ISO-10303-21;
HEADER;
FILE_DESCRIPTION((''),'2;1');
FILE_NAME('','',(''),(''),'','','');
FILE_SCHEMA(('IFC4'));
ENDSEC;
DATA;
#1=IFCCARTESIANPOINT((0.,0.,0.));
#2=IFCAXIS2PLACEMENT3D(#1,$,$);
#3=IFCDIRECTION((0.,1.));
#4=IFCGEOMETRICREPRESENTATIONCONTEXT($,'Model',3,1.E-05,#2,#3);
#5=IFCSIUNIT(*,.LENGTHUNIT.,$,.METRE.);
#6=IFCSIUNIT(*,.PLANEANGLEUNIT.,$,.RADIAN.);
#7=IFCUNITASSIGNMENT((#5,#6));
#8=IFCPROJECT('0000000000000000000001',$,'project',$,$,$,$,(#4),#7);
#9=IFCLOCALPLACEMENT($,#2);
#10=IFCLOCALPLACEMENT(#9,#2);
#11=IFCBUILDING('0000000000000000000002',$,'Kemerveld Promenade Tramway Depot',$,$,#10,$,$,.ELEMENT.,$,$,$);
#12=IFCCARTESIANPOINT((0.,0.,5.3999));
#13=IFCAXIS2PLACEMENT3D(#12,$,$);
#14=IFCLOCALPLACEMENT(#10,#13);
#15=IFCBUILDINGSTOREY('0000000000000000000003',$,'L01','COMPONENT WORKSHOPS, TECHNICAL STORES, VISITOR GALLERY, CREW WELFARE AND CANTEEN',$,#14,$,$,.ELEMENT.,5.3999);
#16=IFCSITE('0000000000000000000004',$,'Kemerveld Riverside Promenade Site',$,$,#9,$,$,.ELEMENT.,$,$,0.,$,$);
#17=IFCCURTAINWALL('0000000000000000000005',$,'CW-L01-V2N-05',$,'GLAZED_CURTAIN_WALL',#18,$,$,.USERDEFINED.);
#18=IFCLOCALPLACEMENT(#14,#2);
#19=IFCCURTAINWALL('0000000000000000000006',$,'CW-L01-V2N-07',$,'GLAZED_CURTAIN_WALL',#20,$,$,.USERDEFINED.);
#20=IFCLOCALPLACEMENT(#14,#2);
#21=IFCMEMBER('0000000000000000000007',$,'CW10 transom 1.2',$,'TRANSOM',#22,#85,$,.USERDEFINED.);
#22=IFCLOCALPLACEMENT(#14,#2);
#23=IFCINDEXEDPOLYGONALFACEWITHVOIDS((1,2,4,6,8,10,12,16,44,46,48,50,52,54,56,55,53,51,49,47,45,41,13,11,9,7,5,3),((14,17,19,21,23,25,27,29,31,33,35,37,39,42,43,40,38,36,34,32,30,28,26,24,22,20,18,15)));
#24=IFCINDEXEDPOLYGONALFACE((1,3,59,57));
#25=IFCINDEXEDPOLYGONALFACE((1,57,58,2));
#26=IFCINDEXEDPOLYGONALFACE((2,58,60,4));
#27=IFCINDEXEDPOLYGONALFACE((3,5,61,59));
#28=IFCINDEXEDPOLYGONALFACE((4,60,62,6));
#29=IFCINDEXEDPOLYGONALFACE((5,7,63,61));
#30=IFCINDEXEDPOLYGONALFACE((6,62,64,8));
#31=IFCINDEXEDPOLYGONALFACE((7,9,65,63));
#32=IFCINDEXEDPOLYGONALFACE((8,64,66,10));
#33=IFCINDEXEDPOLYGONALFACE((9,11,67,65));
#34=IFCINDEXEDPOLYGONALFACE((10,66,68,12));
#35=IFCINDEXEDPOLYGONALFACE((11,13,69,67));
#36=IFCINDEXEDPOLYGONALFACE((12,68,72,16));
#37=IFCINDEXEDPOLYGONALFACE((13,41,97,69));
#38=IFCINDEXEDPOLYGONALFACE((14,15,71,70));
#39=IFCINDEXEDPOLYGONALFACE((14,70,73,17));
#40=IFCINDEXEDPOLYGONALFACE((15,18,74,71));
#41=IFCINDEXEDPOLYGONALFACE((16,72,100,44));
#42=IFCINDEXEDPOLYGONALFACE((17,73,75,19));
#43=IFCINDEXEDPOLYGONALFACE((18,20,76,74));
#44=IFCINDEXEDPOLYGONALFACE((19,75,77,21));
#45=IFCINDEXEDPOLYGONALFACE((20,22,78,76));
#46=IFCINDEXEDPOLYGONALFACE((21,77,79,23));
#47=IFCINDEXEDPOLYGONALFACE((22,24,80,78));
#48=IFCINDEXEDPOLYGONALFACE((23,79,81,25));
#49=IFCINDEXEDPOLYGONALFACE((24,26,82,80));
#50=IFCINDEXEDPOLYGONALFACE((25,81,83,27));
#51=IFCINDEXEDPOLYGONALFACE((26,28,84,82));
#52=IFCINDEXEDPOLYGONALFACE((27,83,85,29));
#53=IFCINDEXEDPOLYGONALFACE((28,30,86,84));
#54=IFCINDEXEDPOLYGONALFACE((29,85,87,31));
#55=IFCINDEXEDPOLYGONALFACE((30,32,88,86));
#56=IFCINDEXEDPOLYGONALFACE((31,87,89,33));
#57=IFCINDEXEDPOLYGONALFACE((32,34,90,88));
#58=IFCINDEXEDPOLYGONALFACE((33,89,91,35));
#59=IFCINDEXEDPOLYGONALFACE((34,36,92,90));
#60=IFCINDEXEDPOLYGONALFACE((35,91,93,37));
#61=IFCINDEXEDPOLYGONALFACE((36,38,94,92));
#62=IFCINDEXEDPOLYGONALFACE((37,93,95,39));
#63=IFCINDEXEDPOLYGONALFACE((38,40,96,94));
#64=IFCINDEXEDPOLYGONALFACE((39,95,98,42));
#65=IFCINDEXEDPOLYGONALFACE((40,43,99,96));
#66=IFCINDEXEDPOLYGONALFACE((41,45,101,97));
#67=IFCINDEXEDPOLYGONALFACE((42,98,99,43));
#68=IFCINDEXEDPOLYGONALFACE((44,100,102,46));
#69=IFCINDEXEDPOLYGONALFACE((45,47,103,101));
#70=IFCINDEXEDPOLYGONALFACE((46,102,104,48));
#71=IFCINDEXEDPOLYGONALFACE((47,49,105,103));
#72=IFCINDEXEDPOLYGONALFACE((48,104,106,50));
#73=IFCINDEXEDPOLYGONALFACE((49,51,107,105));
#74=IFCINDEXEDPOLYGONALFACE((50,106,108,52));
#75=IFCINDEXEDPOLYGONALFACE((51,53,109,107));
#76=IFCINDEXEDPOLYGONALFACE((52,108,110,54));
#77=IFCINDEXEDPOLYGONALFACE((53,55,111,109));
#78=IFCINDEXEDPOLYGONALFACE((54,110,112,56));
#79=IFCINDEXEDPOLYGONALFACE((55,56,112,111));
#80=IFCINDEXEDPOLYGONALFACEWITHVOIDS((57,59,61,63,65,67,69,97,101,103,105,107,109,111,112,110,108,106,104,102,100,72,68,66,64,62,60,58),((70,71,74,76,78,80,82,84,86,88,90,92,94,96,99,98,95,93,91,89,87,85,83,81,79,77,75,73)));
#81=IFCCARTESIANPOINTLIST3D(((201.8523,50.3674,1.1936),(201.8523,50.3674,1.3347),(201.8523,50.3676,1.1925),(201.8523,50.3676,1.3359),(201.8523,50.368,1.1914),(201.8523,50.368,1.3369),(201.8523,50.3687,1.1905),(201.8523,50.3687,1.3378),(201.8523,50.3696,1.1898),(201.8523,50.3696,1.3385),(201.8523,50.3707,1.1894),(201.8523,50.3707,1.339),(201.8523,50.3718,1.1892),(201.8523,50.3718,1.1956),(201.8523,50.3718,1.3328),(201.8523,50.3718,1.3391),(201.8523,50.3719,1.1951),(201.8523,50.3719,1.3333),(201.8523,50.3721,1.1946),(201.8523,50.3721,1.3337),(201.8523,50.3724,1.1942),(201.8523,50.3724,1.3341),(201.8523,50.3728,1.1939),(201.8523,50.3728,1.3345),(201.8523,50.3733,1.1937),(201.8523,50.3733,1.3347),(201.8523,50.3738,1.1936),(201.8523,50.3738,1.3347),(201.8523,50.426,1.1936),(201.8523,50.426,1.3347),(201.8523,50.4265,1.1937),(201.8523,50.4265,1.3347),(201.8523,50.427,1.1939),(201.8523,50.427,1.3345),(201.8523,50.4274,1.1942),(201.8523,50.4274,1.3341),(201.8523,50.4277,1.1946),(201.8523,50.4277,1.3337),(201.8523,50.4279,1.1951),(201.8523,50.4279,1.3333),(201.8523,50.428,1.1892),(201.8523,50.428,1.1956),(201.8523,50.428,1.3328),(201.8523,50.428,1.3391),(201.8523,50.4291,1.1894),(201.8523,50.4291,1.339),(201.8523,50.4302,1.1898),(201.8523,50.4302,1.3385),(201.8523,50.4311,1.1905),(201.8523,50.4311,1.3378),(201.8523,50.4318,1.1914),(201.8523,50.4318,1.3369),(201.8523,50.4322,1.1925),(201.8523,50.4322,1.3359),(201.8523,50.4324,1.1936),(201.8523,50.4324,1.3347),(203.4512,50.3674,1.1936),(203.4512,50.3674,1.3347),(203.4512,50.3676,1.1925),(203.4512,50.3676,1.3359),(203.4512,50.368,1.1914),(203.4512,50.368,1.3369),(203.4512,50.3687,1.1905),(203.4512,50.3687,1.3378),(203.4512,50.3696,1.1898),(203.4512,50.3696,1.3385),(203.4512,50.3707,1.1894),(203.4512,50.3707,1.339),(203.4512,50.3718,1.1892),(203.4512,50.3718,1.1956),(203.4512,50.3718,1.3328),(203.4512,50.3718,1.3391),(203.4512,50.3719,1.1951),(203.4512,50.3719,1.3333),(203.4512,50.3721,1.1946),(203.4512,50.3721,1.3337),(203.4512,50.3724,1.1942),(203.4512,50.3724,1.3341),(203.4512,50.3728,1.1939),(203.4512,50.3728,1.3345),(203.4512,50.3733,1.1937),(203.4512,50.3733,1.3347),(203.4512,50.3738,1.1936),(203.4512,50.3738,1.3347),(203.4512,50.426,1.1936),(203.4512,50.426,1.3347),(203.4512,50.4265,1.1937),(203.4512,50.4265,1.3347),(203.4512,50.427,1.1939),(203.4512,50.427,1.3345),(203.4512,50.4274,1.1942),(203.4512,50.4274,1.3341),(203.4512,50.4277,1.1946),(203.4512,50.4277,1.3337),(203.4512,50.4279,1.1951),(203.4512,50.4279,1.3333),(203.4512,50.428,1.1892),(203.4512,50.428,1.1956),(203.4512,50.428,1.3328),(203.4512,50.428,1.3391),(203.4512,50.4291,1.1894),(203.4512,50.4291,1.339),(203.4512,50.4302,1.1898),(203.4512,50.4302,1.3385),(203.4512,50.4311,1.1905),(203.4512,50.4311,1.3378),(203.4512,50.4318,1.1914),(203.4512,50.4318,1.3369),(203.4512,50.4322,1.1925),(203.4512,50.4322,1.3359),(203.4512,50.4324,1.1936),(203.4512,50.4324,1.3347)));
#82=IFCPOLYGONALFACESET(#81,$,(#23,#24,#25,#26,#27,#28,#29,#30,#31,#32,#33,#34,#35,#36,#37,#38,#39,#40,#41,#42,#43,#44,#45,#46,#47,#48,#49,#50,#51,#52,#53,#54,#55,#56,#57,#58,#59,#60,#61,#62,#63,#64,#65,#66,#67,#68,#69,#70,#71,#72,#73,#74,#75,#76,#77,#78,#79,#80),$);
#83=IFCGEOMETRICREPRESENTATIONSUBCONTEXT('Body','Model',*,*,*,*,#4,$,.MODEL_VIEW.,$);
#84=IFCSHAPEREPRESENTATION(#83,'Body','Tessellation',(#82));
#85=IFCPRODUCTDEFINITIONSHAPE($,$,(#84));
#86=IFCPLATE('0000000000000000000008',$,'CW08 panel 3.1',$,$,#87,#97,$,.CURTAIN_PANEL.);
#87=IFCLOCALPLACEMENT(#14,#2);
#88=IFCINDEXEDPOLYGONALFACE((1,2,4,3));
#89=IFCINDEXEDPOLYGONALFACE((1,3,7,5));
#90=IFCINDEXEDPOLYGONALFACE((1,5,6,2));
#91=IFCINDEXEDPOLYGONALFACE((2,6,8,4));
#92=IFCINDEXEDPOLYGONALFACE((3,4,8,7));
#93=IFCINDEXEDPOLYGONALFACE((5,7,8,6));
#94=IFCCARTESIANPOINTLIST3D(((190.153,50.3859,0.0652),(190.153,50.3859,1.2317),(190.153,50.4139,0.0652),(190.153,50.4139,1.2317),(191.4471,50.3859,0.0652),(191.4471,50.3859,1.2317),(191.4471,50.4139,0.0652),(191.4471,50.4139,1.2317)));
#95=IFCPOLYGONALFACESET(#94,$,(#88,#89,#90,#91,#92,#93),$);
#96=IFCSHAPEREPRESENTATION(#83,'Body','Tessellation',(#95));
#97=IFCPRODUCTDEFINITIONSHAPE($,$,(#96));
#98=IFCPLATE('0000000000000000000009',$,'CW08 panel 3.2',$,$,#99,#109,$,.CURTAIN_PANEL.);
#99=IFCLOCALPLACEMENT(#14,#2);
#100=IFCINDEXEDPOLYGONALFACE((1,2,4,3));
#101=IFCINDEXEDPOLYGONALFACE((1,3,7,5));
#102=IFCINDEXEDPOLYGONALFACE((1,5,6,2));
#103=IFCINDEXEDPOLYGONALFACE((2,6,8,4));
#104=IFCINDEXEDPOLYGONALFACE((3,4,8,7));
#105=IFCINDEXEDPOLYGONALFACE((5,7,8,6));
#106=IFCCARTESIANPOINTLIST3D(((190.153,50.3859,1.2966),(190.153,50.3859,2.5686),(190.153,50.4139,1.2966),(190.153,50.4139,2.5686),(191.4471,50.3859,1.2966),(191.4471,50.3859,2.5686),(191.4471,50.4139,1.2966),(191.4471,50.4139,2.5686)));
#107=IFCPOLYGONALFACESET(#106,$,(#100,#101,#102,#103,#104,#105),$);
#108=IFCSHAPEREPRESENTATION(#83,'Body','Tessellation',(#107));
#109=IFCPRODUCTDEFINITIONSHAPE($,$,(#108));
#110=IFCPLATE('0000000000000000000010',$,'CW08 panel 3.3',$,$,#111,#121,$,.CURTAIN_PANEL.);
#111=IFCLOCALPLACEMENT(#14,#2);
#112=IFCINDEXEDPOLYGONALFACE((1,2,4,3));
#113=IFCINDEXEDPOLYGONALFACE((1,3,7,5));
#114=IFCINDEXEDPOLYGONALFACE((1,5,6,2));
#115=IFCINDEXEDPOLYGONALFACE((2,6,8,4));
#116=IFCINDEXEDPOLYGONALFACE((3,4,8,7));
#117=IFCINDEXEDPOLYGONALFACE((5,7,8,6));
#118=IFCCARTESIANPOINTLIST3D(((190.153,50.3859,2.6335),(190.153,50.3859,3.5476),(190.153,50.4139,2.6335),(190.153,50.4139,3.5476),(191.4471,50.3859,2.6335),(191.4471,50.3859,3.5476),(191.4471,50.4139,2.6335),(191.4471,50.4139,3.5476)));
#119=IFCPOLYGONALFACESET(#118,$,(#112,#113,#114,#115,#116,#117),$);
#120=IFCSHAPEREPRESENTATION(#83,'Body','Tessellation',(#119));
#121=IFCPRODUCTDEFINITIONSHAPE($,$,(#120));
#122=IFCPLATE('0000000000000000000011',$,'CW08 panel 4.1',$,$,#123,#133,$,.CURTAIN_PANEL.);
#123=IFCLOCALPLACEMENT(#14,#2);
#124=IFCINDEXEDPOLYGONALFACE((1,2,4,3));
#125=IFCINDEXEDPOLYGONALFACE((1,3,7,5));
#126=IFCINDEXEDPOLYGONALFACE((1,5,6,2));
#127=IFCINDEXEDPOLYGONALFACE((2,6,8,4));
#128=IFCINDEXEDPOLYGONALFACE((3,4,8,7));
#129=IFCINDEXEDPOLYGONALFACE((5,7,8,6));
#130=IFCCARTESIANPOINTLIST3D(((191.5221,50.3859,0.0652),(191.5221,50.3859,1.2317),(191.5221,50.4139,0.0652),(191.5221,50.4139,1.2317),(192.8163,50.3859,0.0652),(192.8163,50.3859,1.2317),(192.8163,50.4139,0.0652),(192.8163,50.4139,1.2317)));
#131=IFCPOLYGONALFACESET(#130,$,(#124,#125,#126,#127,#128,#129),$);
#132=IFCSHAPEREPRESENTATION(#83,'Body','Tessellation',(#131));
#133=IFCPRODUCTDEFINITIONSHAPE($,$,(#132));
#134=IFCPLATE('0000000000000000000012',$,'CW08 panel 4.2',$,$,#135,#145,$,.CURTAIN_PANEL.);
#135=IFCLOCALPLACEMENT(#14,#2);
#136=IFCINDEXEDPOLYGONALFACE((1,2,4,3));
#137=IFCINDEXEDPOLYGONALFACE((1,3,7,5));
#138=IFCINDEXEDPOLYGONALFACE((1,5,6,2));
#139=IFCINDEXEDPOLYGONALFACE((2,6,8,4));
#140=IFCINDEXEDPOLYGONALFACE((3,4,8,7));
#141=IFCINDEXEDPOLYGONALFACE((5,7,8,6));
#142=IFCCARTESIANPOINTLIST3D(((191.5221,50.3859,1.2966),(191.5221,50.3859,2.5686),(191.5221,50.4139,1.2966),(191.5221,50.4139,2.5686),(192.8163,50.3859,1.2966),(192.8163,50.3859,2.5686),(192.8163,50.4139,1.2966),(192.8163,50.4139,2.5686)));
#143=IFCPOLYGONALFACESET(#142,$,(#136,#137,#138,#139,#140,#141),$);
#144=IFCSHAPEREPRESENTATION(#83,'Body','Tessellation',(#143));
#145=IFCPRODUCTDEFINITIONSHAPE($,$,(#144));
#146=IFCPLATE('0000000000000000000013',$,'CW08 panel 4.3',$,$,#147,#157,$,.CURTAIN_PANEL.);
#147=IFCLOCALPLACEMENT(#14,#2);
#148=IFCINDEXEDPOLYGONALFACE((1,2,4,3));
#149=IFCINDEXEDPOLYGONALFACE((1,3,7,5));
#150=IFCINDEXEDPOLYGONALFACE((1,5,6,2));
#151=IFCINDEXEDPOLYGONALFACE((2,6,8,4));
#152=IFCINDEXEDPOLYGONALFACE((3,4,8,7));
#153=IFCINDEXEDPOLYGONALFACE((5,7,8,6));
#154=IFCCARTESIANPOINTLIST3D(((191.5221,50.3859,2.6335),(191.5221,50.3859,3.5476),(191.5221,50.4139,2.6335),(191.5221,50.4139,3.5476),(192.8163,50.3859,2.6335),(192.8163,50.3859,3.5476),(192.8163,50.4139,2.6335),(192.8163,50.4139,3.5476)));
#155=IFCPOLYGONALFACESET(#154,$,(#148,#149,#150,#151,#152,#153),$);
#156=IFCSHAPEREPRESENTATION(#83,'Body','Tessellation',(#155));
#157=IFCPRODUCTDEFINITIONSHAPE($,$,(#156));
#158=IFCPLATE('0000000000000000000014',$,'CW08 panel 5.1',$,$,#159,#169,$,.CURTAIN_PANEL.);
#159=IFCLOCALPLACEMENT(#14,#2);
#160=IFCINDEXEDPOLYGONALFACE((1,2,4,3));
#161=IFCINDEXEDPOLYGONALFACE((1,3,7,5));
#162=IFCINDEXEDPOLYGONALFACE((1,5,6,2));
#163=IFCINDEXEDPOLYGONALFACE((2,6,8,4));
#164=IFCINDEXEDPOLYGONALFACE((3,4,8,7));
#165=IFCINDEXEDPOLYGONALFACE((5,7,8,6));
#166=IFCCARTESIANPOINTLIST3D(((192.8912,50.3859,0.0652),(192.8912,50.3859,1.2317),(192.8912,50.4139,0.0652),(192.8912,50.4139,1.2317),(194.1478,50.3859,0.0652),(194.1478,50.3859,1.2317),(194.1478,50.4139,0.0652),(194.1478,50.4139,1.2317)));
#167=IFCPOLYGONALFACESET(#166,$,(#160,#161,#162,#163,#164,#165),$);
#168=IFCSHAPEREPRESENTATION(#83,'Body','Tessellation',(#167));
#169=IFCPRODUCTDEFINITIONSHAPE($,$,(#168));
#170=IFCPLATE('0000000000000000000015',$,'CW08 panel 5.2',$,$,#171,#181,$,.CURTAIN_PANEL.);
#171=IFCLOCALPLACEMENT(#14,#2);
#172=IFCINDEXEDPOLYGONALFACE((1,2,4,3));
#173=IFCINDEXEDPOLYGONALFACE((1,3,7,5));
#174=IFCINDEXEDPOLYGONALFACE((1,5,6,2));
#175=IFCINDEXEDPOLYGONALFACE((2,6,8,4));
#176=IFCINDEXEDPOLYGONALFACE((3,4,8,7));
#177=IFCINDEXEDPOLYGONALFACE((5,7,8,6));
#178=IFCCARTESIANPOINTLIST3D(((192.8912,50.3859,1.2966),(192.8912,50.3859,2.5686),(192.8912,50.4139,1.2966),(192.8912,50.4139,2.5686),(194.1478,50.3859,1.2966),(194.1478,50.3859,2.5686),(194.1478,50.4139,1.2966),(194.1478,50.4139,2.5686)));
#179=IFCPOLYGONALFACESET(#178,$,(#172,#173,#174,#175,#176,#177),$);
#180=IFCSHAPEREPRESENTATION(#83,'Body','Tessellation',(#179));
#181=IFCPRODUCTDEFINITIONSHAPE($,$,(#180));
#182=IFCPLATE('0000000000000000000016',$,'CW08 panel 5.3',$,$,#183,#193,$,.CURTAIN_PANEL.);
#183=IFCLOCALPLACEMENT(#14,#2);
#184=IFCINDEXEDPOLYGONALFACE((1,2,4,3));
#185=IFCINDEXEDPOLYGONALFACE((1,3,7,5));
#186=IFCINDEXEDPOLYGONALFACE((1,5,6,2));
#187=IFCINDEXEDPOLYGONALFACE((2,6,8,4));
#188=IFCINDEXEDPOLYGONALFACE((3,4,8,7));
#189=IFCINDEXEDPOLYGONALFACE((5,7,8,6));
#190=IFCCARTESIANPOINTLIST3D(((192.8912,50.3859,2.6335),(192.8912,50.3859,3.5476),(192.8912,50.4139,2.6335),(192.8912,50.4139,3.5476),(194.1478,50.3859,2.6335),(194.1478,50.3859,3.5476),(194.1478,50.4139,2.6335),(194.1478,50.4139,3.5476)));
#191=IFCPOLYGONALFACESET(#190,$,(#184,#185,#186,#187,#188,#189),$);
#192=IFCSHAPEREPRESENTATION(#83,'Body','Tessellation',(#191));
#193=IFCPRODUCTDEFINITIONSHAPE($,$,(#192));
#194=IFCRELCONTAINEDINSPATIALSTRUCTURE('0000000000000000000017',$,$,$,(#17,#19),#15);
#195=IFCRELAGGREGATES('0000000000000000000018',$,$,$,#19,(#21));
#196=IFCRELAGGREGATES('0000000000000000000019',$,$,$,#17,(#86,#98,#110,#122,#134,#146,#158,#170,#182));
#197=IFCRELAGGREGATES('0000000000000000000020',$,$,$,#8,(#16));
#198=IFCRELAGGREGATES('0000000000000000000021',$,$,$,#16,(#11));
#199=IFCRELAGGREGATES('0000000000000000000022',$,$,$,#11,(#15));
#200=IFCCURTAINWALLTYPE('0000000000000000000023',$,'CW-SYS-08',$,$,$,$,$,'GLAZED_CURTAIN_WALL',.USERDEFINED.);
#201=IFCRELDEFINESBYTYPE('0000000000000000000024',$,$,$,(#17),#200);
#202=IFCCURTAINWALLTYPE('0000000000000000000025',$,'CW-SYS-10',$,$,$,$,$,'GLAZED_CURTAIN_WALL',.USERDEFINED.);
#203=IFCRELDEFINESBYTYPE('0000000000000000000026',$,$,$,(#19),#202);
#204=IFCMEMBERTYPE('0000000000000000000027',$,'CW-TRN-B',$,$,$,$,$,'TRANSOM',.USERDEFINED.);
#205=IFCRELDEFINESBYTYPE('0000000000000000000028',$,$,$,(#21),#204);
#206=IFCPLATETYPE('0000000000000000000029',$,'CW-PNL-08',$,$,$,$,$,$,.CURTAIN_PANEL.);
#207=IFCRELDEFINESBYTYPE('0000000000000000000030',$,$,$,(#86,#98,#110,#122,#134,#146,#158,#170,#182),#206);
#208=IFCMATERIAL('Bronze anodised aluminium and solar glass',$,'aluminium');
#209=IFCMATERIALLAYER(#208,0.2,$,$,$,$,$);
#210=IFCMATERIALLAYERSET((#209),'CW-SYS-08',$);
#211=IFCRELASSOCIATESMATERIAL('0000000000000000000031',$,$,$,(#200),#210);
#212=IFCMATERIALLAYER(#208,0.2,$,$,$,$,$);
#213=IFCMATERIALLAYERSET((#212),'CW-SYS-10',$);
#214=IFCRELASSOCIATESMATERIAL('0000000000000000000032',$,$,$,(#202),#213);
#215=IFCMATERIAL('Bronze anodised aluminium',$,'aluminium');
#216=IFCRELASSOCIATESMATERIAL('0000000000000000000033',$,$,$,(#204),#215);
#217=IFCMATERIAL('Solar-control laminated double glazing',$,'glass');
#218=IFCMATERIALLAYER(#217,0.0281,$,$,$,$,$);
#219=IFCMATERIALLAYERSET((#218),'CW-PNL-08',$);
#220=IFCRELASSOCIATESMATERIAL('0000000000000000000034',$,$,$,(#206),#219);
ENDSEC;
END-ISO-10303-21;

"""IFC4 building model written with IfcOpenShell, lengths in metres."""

from ifc_helpers import new_model, si_unit, direction, frame, origin, origin_2d, place, context, subcontext, project, spatial, rectangle, hollow_rectangle, extrude, material, layer, layer_set, material_profile, profile_set, type_object, element, aggregate, save


model = new_model("IFC4")

# Units and contexts
model_context = context("Model", 3, precision=1e-05, world=origin(), true_north=direction((0.0, 1.0)))
body_context = subcontext(model_context, "Body", "Model", "MODEL_VIEW")
ifc_project = project(units=[si_unit("LENGTHUNIT", "METRE"), si_unit("PLANEANGLEUNIT", "RADIAN")], contexts=[model_context])

# Site, building, storey
site_placement = place(None, origin())
site = spatial("IfcSite", under=ifc_project, at=site_placement, Name="Kemerveld Riverside Promenade Site", CompositionType="ELEMENT", RefElevation=0.0)
building_placement = place(site_placement, origin())
building = spatial("IfcBuilding", under=site, at=building_placement, Name="Kemerveld Promenade Tramway Depot", CompositionType="ELEMENT")
storey_placement = place(building_placement, frame((0.0, 0.0, 5.3999)))
storey = spatial("IfcBuildingStorey", under=building, at=storey_placement, Name="L01", Description="COMPONENT WORKSHOPS, TECHNICAL STORES, VISITOR GALLERY, CREW WELFARE AND CANTEEN", CompositionType="ELEMENT", Elevation=5.3999)

# Curtain wall
ifc_material_1 = material(Name="Bronze anodised aluminium and solar glass", Category="aluminium")
ifc_layer_1 = layer(ifc_material_1, 0.2)
ifc_layer_set_1 = layer_set([ifc_layer_1], Name="CW-SYS-08")
curtain_wall_type_1 = type_object("IfcCurtainWallType", Name="CW-SYS-08", ElementType="GLAZED_CURTAIN_WALL", PredefinedType="USERDEFINED", material=ifc_layer_set_1)
curtain_wall_1_placement = place(storey_placement, origin())
curtain_wall_1 = element("IfcCurtainWall", 1, at=curtain_wall_1_placement, inside=storey, type_object=curtain_wall_type_1, Name="CW-L01-V2N-05", ObjectType="GLAZED_CURTAIN_WALL", PredefinedType="USERDEFINED")
ifc_material_2 = material(Name="Bronze anodised aluminium", Category="aluminium")

# Curtain wall
ifc_layer_2 = layer(ifc_material_1, 0.2)
ifc_layer_set_2 = layer_set([ifc_layer_2], Name="CW-SYS-10")
curtain_wall_type_2 = type_object("IfcCurtainWallType", Name="CW-SYS-10", ElementType="GLAZED_CURTAIN_WALL", PredefinedType="USERDEFINED", material=ifc_layer_set_2)
curtain_wall_2_placement = place(storey_placement, origin())
curtain_wall_2 = element("IfcCurtainWall", 2, at=curtain_wall_2_placement, inside=storey, type_object=curtain_wall_type_2, Name="CW-L01-V2N-07", ObjectType="GLAZED_CURTAIN_WALL", PredefinedType="USERDEFINED")

# Member
ifc_material_profile_1 = material_profile(ifc_material_2, hollow_rectangle(XDim=0.0649, YDim=0.1499, WallThickness=0.0044, InnerFilletRadius=0.002, OuterFilletRadius=0.0044, at=origin_2d()), Name="CW-TRN-150x65")
ifc_profile_set_1 = profile_set([ifc_material_profile_1], Name="Bronze anodised aluminium")
member_type_1 = type_object("IfcMemberType", Name="CW-TRN-B", ElementType="TRANSOM", PredefinedType="USERDEFINED", material=ifc_profile_set_1)
member_1_placement = place(storey_placement, frame((201.8523, 50.3999, 1.2642), z_axis=(1.0, 0.0, 0.0), x_axis=(0.0, 1.0, 0.0)))
member_1 = element("IfcMember", 3, at=member_1_placement, type_object=member_type_1, Name="CW10 transom 1.2", ObjectType="TRANSOM", PredefinedType="USERDEFINED", context=body_context, shape_type="SweptSolid", body=[
    extrude(hollow_rectangle(XDim=0.0649, YDim=0.1499, WallThickness=0.0044, InnerFilletRadius=0.002, OuterFilletRadius=0.0044, at=origin_2d()), origin(), (0.0, 0.0, 1.0), 1.5989),
])
aggregate(curtain_wall_2, [member_1])

# Plates
ifc_material_3 = material(Name="Solar-control laminated double glazing", Category="glass")
ifc_layer_3 = layer(ifc_material_3, 0.0281)
ifc_layer_set_3 = layer_set([ifc_layer_3], Name="CW-PNL-08")
plate_type = type_object("IfcPlateType", Name="CW-PNL-08", PredefinedType="CURTAIN_PANEL", material=ifc_layer_set_3)
plate_1_placement = place(storey_placement, frame((190.8, 50.3999, 0.0652), z_axis=(0.0, 0.0, 1.0), x_axis=(1.0, 0.0, 0.0)))
plate_1 = element("IfcPlate", 4, at=plate_1_placement, type_object=plate_type, Name="CW08 panel 3.1", PredefinedType="CURTAIN_PANEL", context=body_context, shape_type="SweptSolid", body=[
    extrude(rectangle(XDim=1.2942, YDim=0.0281, at=origin_2d()), origin(), (0.0, 0.0, 1.0), 1.1665),
])
plate_2_placement = place(storey_placement, frame((190.8, 50.3999, 1.2966), z_axis=(0.0, 0.0, 1.0), x_axis=(1.0, 0.0, 0.0)))
plate_2 = element("IfcPlate", 5, at=plate_2_placement, type_object=plate_type, Name="CW08 panel 3.2", PredefinedType="CURTAIN_PANEL", context=body_context, shape_type="SweptSolid", body=[
    extrude(rectangle(XDim=1.2942, YDim=0.0281, at=origin_2d()), origin(), (0.0, 0.0, 1.0), 1.272),
])
plate_3_placement = place(storey_placement, frame((190.8, 50.3999, 2.6335), z_axis=(0.0, 0.0, 1.0), x_axis=(1.0, 0.0, 0.0)))
plate_3 = element("IfcPlate", 6, at=plate_3_placement, type_object=plate_type, Name="CW08 panel 3.3", PredefinedType="CURTAIN_PANEL", context=body_context, shape_type="SweptSolid", body=[
    extrude(rectangle(XDim=1.2942, YDim=0.0281, at=origin_2d()), origin(), (0.0, 0.0, 1.0), 0.9141),
])
plate_4_placement = place(storey_placement, frame((192.1692, 50.3999, 0.0652), z_axis=(0.0, 0.0, 1.0), x_axis=(1.0, 0.0, 0.0)))
plate_4 = element("IfcPlate", 7, at=plate_4_placement, type_object=plate_type, Name="CW08 panel 4.1", PredefinedType="CURTAIN_PANEL", context=body_context, shape_type="SweptSolid", body=[
    extrude(rectangle(XDim=1.2942, YDim=0.0281, at=origin_2d()), origin(), (0.0, 0.0, 1.0), 1.1665),
])
plate_5_placement = place(storey_placement, frame((192.1692, 50.3999, 1.2966), z_axis=(0.0, 0.0, 1.0), x_axis=(1.0, 0.0, 0.0)))
plate_5 = element("IfcPlate", 8, at=plate_5_placement, type_object=plate_type, Name="CW08 panel 4.2", PredefinedType="CURTAIN_PANEL", context=body_context, shape_type="SweptSolid", body=[
    extrude(rectangle(XDim=1.2942, YDim=0.0281, at=origin_2d()), origin(), (0.0, 0.0, 1.0), 1.272),
])
plate_6_placement = place(storey_placement, frame((192.1692, 50.3999, 2.6335), z_axis=(0.0, 0.0, 1.0), x_axis=(1.0, 0.0, 0.0)))
plate_6 = element("IfcPlate", 9, at=plate_6_placement, type_object=plate_type, Name="CW08 panel 4.3", PredefinedType="CURTAIN_PANEL", context=body_context, shape_type="SweptSolid", body=[
    extrude(rectangle(XDim=1.2942, YDim=0.0281, at=origin_2d()), origin(), (0.0, 0.0, 1.0), 0.9141),
])
plate_7_placement = place(storey_placement, frame((193.5195, 50.3999, 0.0652), z_axis=(0.0, 0.0, 1.0), x_axis=(1.0, 0.0, 0.0)))
plate_7 = element("IfcPlate", 10, at=plate_7_placement, type_object=plate_type, Name="CW08 panel 5.1", PredefinedType="CURTAIN_PANEL", context=body_context, shape_type="SweptSolid", body=[
    extrude(rectangle(XDim=1.2566, YDim=0.0281, at=origin_2d()), origin(), (0.0, 0.0, 1.0), 1.1665),
])
plate_8_placement = place(storey_placement, frame((193.5195, 50.3999, 1.2966), z_axis=(0.0, 0.0, 1.0), x_axis=(1.0, 0.0, 0.0)))
plate_8 = element("IfcPlate", 11, at=plate_8_placement, type_object=plate_type, Name="CW08 panel 5.2", PredefinedType="CURTAIN_PANEL", context=body_context, shape_type="SweptSolid", body=[
    extrude(rectangle(XDim=1.2566, YDim=0.0281, at=origin_2d()), origin(), (0.0, 0.0, 1.0), 1.272),
])
plate_9_placement = place(storey_placement, frame((193.5195, 50.3999, 2.6335), z_axis=(0.0, 0.0, 1.0), x_axis=(1.0, 0.0, 0.0)))
plate_9 = element("IfcPlate", 12, at=plate_9_placement, type_object=plate_type, Name="CW08 panel 5.3", PredefinedType="CURTAIN_PANEL", context=body_context, shape_type="SweptSolid", body=[
    extrude(rectangle(XDim=1.2566, YDim=0.0281, at=origin_2d()), origin(), (0.0, 0.0, 1.0), 0.9141),
])
aggregate(curtain_wall_1, [plate_1, plate_2, plate_3, plate_4, plate_5, plate_6, plate_7, plate_8, plate_9])

save(model, "model.ifc")
